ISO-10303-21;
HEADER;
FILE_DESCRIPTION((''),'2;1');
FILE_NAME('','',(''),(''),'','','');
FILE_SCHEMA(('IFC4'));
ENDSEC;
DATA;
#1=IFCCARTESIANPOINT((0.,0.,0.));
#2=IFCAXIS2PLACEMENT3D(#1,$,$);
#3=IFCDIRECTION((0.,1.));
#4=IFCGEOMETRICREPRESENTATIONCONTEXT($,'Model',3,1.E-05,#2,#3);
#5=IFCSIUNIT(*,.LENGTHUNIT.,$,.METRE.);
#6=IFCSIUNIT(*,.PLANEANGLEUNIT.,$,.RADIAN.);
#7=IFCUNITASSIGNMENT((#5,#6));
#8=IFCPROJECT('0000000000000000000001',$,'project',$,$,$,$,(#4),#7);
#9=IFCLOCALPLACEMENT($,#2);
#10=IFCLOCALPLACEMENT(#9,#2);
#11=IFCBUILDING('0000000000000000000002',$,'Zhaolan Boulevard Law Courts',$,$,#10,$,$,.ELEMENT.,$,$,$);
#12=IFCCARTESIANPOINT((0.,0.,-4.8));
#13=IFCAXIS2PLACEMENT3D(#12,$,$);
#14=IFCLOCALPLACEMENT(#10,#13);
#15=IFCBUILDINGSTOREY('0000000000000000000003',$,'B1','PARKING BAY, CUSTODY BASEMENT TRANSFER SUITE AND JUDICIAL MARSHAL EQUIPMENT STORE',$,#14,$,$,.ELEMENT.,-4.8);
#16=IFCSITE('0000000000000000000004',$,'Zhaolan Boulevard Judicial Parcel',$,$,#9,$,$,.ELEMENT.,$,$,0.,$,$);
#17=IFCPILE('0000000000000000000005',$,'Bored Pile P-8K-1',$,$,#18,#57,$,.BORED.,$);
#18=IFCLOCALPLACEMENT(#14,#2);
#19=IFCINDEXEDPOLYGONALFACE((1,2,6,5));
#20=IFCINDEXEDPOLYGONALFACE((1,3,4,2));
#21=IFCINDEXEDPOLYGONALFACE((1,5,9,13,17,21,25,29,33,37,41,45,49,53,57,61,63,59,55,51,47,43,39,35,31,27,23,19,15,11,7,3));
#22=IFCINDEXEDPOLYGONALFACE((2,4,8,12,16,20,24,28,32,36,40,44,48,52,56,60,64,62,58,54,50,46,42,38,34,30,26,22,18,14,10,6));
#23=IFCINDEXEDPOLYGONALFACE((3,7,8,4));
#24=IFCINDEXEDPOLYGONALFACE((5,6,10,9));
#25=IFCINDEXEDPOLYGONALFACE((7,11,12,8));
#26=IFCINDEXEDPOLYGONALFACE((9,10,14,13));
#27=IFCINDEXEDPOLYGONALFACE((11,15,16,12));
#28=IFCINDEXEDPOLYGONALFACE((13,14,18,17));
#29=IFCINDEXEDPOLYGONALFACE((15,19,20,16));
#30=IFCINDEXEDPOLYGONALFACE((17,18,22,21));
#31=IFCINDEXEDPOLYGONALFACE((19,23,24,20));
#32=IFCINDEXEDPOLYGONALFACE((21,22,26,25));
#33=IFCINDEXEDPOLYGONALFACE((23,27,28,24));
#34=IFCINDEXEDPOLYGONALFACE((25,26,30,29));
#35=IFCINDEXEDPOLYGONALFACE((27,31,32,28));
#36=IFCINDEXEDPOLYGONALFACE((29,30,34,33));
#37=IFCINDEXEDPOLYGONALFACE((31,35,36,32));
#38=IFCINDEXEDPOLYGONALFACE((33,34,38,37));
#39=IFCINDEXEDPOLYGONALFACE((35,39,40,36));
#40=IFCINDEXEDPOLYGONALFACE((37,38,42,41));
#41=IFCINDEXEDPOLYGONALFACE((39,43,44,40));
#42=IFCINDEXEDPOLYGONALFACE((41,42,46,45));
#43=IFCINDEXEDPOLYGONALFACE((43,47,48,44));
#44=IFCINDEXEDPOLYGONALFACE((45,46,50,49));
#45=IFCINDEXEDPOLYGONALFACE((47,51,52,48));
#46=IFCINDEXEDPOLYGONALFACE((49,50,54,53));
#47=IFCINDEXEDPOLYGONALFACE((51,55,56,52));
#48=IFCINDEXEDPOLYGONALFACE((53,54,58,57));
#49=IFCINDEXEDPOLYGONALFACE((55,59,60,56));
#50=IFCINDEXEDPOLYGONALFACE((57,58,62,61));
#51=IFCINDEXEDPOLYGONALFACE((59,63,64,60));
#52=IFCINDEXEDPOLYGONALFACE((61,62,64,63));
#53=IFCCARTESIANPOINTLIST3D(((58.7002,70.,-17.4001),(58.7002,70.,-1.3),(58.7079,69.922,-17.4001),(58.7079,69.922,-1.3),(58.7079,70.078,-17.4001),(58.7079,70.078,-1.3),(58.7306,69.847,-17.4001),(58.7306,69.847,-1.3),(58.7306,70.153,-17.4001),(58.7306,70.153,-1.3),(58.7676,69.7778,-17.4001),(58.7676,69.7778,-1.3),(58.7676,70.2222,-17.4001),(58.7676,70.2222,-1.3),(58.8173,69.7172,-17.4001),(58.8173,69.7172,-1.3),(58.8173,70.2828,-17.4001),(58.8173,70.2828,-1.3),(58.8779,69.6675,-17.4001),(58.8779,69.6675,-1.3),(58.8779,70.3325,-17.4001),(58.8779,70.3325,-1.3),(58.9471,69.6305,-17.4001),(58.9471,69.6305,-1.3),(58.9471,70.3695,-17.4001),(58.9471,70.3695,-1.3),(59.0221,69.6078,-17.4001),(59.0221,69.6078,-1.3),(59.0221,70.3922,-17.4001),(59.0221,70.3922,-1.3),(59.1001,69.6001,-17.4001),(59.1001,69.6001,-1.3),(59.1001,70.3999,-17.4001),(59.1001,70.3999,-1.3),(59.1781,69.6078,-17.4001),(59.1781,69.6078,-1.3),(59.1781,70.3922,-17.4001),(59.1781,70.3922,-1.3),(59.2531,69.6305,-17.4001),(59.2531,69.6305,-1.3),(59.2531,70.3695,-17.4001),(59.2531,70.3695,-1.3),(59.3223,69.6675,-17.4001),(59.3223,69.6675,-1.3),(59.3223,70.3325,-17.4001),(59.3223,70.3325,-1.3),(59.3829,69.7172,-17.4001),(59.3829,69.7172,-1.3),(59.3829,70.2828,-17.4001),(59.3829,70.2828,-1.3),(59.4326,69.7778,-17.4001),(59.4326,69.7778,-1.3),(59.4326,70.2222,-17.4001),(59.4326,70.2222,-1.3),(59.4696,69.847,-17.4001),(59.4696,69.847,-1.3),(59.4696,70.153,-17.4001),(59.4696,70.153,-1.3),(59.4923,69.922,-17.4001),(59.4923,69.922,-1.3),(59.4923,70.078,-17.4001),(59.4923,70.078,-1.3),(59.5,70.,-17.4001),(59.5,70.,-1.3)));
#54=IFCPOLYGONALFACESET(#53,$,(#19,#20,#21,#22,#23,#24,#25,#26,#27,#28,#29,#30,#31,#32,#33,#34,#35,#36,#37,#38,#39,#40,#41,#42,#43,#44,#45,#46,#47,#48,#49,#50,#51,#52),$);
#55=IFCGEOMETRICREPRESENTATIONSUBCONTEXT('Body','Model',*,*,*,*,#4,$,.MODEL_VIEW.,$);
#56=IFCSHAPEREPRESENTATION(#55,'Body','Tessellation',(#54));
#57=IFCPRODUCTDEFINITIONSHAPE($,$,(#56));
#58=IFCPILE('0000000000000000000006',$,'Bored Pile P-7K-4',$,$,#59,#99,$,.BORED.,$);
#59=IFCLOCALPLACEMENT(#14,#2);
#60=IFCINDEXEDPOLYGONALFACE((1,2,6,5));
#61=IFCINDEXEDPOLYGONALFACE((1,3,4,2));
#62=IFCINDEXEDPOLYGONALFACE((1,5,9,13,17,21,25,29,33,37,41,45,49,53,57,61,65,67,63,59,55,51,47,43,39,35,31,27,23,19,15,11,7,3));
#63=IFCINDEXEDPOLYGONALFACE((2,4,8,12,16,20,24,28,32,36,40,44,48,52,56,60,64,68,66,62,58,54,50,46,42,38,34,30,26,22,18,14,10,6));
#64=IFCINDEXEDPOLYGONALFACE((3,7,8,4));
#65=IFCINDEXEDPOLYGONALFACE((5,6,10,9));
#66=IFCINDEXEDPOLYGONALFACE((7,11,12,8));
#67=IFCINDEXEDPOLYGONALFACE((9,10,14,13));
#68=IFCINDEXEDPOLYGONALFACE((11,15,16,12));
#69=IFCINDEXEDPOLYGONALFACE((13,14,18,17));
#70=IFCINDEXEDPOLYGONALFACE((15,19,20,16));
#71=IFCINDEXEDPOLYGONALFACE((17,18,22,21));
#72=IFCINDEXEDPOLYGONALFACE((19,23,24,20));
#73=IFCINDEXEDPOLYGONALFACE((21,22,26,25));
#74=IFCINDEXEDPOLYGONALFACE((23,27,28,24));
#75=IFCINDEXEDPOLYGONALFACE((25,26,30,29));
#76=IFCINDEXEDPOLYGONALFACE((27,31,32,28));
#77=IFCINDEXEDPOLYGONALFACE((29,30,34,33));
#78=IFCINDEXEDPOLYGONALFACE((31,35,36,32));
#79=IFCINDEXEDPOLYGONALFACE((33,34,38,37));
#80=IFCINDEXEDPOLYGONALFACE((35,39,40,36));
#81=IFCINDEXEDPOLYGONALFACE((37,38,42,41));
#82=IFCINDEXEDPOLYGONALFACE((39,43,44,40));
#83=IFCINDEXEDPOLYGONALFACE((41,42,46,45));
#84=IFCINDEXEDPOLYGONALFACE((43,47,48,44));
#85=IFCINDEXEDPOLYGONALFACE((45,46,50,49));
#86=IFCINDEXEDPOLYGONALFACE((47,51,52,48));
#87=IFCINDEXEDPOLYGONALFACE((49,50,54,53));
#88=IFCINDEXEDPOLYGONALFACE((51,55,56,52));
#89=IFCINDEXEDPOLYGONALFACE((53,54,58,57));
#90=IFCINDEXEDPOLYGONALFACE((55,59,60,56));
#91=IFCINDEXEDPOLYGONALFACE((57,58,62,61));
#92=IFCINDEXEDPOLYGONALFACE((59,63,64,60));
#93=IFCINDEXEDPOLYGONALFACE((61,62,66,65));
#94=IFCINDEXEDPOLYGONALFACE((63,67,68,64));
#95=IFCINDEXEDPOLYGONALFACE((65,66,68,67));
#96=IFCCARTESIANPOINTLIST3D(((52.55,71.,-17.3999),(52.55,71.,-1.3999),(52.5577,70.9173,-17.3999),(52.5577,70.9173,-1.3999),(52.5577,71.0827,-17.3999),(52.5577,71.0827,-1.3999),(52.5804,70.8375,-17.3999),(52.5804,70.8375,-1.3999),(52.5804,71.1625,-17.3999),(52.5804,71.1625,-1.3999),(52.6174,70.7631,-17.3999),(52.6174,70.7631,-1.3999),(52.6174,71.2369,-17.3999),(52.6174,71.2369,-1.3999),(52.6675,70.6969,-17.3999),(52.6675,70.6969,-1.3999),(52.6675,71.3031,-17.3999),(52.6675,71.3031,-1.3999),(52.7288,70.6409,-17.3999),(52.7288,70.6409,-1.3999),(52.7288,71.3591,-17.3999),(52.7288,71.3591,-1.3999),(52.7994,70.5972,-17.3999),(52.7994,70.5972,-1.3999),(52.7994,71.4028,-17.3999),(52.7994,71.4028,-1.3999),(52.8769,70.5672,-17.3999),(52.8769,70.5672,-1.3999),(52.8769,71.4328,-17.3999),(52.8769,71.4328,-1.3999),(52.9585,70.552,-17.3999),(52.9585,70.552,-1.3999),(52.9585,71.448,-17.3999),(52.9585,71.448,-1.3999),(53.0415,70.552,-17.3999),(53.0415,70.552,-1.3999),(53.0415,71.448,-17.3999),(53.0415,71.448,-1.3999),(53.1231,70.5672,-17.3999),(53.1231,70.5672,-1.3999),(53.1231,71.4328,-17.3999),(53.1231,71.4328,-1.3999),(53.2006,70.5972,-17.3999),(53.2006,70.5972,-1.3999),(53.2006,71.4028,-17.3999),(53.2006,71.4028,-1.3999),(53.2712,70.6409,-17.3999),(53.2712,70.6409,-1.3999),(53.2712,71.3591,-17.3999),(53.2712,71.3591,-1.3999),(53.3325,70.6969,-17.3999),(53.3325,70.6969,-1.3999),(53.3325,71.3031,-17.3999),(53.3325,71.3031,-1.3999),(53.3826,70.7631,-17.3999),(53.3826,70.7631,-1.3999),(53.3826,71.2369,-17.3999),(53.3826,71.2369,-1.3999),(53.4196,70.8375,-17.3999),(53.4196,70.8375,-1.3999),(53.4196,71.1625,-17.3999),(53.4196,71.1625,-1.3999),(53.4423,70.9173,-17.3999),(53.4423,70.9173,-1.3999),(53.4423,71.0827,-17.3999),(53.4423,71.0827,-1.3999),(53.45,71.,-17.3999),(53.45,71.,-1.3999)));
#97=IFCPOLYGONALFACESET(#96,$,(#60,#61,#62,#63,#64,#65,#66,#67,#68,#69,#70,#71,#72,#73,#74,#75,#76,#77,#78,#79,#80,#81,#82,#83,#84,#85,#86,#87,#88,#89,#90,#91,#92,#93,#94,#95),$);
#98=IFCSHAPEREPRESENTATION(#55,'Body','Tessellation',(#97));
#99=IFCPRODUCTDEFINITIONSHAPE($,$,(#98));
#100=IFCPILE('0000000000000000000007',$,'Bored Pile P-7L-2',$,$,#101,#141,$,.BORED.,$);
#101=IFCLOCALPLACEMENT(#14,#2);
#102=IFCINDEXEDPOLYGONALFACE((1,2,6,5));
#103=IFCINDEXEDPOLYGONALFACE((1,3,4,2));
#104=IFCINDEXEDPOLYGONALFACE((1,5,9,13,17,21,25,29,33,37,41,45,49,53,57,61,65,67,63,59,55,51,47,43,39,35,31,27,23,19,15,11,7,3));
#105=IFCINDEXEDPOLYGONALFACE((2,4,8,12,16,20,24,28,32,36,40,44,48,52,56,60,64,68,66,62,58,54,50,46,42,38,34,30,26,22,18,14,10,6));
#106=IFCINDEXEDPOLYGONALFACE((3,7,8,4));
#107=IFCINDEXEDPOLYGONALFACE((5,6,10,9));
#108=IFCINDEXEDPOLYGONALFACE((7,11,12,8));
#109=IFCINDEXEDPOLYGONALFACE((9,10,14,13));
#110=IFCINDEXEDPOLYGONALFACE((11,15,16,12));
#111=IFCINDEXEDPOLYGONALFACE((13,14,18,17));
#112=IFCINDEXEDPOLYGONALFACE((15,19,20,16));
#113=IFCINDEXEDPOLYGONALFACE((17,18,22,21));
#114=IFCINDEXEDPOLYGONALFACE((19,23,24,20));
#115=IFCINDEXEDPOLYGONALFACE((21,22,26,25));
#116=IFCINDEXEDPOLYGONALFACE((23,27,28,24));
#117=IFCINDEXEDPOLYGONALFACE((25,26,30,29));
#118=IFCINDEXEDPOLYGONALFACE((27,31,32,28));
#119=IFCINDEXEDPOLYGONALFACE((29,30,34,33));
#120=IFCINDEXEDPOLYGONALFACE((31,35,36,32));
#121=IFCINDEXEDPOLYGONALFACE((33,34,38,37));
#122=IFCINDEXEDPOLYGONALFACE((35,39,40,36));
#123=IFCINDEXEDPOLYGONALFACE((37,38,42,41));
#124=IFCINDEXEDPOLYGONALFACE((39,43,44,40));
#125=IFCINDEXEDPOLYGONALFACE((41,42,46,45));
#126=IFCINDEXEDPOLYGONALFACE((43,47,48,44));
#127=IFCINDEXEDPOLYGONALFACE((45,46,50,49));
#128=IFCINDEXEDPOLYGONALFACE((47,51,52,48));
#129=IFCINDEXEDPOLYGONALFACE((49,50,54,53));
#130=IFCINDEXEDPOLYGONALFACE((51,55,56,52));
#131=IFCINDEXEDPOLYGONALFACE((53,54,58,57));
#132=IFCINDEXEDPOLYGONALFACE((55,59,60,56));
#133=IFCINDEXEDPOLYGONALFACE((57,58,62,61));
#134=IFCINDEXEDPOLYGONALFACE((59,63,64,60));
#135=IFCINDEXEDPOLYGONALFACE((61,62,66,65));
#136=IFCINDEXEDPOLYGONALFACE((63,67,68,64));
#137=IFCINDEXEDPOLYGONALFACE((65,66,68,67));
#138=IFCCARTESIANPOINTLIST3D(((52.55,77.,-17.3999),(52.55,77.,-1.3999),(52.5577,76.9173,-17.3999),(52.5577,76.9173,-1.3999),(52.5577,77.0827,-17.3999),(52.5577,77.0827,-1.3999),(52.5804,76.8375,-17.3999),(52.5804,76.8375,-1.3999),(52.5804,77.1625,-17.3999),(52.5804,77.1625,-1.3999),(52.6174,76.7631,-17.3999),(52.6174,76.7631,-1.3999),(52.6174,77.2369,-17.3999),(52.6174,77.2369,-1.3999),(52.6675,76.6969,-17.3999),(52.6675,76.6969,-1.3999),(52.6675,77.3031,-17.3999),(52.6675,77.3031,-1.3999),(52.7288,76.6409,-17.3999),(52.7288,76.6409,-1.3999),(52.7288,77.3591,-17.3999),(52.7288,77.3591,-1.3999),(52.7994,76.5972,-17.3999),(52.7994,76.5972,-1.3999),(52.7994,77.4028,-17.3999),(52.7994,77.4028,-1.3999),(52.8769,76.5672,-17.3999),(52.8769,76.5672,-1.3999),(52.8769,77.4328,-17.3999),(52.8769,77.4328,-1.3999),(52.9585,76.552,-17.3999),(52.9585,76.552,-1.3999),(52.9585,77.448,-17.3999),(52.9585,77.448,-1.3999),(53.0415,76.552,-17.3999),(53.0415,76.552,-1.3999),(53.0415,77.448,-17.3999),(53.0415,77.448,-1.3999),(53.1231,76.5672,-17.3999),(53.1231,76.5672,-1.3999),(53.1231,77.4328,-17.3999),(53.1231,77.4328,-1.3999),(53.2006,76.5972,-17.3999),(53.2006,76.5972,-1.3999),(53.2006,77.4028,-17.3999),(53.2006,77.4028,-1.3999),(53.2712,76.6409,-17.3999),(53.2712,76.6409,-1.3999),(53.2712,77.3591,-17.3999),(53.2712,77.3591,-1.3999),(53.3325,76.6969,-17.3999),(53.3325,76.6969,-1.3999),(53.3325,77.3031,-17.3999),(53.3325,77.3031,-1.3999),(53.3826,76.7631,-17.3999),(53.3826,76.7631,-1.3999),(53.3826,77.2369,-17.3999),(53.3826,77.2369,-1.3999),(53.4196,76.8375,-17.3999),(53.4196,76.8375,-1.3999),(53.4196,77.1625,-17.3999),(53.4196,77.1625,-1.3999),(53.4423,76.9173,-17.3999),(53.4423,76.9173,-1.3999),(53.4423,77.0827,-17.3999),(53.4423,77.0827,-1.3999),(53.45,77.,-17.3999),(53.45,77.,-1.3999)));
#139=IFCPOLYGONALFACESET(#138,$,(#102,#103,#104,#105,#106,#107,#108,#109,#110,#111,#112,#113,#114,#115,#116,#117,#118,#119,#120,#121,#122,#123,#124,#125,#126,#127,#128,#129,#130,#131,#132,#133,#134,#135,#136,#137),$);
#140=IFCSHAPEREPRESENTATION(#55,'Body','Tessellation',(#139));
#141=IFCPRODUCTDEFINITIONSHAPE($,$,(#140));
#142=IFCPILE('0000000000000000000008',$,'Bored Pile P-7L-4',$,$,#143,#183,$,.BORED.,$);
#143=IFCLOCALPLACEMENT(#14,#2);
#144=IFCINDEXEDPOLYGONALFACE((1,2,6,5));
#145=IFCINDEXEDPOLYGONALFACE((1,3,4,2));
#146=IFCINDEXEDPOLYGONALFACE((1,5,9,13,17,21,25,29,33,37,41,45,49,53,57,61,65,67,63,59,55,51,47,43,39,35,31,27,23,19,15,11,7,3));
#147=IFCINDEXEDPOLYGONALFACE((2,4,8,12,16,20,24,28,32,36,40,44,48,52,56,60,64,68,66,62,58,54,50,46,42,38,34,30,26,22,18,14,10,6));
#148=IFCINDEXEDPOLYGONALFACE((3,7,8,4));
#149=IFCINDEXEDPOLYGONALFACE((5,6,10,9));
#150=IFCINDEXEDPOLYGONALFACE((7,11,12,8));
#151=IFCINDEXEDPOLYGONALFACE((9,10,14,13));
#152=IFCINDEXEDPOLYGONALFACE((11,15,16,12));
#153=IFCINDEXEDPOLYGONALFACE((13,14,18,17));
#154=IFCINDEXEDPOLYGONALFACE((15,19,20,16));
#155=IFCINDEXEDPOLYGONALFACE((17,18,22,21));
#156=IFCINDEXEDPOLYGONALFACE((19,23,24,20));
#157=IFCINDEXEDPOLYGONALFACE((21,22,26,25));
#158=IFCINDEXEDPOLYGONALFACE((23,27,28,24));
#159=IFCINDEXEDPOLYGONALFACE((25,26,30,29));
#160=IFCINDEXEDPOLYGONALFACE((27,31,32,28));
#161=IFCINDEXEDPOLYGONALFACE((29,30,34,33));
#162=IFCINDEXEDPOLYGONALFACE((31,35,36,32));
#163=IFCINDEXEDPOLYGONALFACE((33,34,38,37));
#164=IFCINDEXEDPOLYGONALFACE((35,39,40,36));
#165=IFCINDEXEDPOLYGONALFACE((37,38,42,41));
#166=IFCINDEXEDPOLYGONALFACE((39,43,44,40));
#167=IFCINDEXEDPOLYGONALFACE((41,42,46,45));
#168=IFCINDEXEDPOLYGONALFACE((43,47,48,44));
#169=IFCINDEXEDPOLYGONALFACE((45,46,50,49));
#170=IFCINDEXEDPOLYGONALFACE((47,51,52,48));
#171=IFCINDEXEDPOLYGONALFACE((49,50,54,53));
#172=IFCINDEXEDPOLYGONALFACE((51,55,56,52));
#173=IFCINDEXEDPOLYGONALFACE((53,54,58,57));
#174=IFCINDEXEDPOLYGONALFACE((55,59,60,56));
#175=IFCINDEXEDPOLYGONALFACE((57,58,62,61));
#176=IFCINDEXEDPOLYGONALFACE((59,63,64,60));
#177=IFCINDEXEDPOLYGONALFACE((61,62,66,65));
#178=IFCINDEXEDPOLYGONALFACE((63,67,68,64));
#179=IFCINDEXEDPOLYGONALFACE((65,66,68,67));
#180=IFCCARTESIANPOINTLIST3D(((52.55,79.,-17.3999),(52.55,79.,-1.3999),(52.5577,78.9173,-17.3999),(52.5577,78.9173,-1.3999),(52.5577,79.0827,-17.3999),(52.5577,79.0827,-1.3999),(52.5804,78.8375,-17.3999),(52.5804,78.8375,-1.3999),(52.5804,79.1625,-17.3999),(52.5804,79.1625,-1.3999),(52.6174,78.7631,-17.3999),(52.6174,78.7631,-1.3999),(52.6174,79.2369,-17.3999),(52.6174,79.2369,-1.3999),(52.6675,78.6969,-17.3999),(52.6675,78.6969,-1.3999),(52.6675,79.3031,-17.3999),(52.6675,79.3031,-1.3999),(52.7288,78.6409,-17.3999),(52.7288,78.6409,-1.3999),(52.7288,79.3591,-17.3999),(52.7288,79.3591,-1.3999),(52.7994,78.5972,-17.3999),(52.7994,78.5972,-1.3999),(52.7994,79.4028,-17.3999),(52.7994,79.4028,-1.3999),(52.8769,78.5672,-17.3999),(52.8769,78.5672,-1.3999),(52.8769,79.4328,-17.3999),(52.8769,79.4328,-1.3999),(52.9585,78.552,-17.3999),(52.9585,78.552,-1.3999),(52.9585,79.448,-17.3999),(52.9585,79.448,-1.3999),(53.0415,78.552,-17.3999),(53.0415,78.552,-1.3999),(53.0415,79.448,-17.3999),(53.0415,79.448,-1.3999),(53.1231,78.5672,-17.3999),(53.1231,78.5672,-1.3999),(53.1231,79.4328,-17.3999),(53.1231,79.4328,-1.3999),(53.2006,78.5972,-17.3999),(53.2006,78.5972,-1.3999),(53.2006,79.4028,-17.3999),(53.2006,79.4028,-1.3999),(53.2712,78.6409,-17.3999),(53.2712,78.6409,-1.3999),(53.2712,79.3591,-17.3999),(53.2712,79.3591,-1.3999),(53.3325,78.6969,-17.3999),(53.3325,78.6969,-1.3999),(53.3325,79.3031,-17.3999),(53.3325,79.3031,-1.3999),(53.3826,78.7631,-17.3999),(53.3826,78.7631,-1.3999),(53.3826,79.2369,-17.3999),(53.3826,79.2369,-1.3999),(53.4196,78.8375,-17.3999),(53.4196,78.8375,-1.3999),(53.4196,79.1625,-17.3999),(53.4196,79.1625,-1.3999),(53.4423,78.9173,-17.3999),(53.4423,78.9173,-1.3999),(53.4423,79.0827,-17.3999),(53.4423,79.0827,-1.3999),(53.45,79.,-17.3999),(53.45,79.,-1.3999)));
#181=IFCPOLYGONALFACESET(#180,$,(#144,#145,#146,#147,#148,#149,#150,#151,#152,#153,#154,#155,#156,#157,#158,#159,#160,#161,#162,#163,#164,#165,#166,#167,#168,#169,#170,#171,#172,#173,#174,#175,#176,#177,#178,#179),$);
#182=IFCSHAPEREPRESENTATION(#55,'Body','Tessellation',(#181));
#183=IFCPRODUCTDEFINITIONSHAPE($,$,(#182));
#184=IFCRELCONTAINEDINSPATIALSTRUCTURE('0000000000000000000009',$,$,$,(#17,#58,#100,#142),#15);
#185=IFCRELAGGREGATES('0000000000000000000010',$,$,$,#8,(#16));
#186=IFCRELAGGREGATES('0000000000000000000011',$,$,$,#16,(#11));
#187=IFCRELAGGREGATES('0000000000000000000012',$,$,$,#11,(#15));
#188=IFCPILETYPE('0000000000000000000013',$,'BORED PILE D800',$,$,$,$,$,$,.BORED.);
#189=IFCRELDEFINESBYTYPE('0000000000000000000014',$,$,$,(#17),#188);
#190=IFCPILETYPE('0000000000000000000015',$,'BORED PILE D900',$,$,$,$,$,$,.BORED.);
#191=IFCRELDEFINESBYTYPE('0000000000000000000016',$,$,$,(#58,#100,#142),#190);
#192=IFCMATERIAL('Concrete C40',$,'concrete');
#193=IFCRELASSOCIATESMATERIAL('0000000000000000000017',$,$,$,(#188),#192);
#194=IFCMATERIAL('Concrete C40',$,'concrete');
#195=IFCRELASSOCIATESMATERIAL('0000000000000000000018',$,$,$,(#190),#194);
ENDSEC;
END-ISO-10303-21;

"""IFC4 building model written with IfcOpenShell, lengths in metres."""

from ifc_helpers import new_model, si_unit, direction, frame, origin, origin_2d, place, context, subcontext, project, spatial, circle, extrude, material, material_profile, profile_set, type_object, element, save


model = new_model("IFC4")

# Units and contexts
model_context = context("Model", 3, precision=1e-05, world=origin(), true_north=direction((0.0, 1.0)))
body_context = subcontext(model_context, "Body", "Model", "MODEL_VIEW")
ifc_project = project(units=[si_unit("LENGTHUNIT", "METRE"), si_unit("PLANEANGLEUNIT", "RADIAN")], contexts=[model_context])

# Site, building, storey
site_placement = place(None, origin())
site = spatial("IfcSite", under=ifc_project, at=site_placement, Name="Zhaolan Boulevard Judicial Parcel", CompositionType="ELEMENT", RefElevation=0.0)
building_placement = place(site_placement, origin())
building = spatial("IfcBuilding", under=site, at=building_placement, Name="Zhaolan Boulevard Law Courts", CompositionType="ELEMENT")
storey_placement = place(building_placement, frame((0.0, 0.0, -4.8)))
storey = spatial("IfcBuildingStorey", under=building, at=storey_placement, Name="B1", Description="PARKING BAY, CUSTODY BASEMENT TRANSFER SUITE AND JUDICIAL MARSHAL EQUIPMENT STORE", CompositionType="ELEMENT", Elevation=-4.8)

# Piles
ifc_material_1 = material(Name="Concrete C40", Category="concrete")
ifc_material_profile_1 = material_profile(ifc_material_1, circle(Radius=0.3999, at=origin_2d()), Name="PILE-D800")
ifc_profile_set_1 = profile_set([ifc_material_profile_1], Name="Concrete C40")
pile_type_1 = type_object("IfcPileType", Name="BORED PILE D800", PredefinedType="BORED", material=ifc_profile_set_1)
pile_placement = place(storey_placement, frame((59.1001, 70.0, -1.3), z_axis=(0.0, 0.0, -1.0), x_axis=(1.0, 0.0, 0.0)))
element("IfcPile", 1, at=pile_placement, inside=storey, type_object=pile_type_1, Name="Bored Pile P-8K-1", PredefinedType="BORED", context=body_context, shape_type="SweptSolid", body=[
    extrude(circle(Radius=0.3999, at=origin_2d()), origin(), (0.0, 0.0, 1.0), 16.1001),
])
ifc_material_2 = material(Name="Concrete C40", Category="concrete")
ifc_material_profile_2 = material_profile(ifc_material_2, circle(Radius=0.45, at=origin_2d()), Name="PILE-D900")
ifc_profile_set_2 = profile_set([ifc_material_profile_2], Name="Concrete C40")
pile_type_2 = type_object("IfcPileType", Name="BORED PILE D900", PredefinedType="BORED", material=ifc_profile_set_2)
for number, where, z_axis, x_axis, name in (
    (2, (53.0, 71.0, -1.3999), (0.0, 0.0, -1.0), (1.0, 0.0, 0.0), "Bored Pile P-7K-4"),
    (3, (53.0, 77.0, -1.3999), (0.0, 0.0, -1.0), (1.0, 0.0, 0.0), "Bored Pile P-7L-2"),
    (4, (53.0, 79.0, -1.3999), (0.0, 0.0, -1.0), (1.0, 0.0, 0.0), "Bored Pile P-7L-4"),
):
    element("IfcPile", number, at=place(storey_placement, frame(where, z_axis=z_axis, x_axis=x_axis)), inside=storey, type_object=pile_type_2, Name=name, PredefinedType="BORED", context=body_context, shape_type="SweptSolid", body=[
        extrude(circle(Radius=0.45, at=origin_2d()), origin(), (0.0, 0.0, 1.0), 16.0),
    ])

save(model, "model.ifc")
